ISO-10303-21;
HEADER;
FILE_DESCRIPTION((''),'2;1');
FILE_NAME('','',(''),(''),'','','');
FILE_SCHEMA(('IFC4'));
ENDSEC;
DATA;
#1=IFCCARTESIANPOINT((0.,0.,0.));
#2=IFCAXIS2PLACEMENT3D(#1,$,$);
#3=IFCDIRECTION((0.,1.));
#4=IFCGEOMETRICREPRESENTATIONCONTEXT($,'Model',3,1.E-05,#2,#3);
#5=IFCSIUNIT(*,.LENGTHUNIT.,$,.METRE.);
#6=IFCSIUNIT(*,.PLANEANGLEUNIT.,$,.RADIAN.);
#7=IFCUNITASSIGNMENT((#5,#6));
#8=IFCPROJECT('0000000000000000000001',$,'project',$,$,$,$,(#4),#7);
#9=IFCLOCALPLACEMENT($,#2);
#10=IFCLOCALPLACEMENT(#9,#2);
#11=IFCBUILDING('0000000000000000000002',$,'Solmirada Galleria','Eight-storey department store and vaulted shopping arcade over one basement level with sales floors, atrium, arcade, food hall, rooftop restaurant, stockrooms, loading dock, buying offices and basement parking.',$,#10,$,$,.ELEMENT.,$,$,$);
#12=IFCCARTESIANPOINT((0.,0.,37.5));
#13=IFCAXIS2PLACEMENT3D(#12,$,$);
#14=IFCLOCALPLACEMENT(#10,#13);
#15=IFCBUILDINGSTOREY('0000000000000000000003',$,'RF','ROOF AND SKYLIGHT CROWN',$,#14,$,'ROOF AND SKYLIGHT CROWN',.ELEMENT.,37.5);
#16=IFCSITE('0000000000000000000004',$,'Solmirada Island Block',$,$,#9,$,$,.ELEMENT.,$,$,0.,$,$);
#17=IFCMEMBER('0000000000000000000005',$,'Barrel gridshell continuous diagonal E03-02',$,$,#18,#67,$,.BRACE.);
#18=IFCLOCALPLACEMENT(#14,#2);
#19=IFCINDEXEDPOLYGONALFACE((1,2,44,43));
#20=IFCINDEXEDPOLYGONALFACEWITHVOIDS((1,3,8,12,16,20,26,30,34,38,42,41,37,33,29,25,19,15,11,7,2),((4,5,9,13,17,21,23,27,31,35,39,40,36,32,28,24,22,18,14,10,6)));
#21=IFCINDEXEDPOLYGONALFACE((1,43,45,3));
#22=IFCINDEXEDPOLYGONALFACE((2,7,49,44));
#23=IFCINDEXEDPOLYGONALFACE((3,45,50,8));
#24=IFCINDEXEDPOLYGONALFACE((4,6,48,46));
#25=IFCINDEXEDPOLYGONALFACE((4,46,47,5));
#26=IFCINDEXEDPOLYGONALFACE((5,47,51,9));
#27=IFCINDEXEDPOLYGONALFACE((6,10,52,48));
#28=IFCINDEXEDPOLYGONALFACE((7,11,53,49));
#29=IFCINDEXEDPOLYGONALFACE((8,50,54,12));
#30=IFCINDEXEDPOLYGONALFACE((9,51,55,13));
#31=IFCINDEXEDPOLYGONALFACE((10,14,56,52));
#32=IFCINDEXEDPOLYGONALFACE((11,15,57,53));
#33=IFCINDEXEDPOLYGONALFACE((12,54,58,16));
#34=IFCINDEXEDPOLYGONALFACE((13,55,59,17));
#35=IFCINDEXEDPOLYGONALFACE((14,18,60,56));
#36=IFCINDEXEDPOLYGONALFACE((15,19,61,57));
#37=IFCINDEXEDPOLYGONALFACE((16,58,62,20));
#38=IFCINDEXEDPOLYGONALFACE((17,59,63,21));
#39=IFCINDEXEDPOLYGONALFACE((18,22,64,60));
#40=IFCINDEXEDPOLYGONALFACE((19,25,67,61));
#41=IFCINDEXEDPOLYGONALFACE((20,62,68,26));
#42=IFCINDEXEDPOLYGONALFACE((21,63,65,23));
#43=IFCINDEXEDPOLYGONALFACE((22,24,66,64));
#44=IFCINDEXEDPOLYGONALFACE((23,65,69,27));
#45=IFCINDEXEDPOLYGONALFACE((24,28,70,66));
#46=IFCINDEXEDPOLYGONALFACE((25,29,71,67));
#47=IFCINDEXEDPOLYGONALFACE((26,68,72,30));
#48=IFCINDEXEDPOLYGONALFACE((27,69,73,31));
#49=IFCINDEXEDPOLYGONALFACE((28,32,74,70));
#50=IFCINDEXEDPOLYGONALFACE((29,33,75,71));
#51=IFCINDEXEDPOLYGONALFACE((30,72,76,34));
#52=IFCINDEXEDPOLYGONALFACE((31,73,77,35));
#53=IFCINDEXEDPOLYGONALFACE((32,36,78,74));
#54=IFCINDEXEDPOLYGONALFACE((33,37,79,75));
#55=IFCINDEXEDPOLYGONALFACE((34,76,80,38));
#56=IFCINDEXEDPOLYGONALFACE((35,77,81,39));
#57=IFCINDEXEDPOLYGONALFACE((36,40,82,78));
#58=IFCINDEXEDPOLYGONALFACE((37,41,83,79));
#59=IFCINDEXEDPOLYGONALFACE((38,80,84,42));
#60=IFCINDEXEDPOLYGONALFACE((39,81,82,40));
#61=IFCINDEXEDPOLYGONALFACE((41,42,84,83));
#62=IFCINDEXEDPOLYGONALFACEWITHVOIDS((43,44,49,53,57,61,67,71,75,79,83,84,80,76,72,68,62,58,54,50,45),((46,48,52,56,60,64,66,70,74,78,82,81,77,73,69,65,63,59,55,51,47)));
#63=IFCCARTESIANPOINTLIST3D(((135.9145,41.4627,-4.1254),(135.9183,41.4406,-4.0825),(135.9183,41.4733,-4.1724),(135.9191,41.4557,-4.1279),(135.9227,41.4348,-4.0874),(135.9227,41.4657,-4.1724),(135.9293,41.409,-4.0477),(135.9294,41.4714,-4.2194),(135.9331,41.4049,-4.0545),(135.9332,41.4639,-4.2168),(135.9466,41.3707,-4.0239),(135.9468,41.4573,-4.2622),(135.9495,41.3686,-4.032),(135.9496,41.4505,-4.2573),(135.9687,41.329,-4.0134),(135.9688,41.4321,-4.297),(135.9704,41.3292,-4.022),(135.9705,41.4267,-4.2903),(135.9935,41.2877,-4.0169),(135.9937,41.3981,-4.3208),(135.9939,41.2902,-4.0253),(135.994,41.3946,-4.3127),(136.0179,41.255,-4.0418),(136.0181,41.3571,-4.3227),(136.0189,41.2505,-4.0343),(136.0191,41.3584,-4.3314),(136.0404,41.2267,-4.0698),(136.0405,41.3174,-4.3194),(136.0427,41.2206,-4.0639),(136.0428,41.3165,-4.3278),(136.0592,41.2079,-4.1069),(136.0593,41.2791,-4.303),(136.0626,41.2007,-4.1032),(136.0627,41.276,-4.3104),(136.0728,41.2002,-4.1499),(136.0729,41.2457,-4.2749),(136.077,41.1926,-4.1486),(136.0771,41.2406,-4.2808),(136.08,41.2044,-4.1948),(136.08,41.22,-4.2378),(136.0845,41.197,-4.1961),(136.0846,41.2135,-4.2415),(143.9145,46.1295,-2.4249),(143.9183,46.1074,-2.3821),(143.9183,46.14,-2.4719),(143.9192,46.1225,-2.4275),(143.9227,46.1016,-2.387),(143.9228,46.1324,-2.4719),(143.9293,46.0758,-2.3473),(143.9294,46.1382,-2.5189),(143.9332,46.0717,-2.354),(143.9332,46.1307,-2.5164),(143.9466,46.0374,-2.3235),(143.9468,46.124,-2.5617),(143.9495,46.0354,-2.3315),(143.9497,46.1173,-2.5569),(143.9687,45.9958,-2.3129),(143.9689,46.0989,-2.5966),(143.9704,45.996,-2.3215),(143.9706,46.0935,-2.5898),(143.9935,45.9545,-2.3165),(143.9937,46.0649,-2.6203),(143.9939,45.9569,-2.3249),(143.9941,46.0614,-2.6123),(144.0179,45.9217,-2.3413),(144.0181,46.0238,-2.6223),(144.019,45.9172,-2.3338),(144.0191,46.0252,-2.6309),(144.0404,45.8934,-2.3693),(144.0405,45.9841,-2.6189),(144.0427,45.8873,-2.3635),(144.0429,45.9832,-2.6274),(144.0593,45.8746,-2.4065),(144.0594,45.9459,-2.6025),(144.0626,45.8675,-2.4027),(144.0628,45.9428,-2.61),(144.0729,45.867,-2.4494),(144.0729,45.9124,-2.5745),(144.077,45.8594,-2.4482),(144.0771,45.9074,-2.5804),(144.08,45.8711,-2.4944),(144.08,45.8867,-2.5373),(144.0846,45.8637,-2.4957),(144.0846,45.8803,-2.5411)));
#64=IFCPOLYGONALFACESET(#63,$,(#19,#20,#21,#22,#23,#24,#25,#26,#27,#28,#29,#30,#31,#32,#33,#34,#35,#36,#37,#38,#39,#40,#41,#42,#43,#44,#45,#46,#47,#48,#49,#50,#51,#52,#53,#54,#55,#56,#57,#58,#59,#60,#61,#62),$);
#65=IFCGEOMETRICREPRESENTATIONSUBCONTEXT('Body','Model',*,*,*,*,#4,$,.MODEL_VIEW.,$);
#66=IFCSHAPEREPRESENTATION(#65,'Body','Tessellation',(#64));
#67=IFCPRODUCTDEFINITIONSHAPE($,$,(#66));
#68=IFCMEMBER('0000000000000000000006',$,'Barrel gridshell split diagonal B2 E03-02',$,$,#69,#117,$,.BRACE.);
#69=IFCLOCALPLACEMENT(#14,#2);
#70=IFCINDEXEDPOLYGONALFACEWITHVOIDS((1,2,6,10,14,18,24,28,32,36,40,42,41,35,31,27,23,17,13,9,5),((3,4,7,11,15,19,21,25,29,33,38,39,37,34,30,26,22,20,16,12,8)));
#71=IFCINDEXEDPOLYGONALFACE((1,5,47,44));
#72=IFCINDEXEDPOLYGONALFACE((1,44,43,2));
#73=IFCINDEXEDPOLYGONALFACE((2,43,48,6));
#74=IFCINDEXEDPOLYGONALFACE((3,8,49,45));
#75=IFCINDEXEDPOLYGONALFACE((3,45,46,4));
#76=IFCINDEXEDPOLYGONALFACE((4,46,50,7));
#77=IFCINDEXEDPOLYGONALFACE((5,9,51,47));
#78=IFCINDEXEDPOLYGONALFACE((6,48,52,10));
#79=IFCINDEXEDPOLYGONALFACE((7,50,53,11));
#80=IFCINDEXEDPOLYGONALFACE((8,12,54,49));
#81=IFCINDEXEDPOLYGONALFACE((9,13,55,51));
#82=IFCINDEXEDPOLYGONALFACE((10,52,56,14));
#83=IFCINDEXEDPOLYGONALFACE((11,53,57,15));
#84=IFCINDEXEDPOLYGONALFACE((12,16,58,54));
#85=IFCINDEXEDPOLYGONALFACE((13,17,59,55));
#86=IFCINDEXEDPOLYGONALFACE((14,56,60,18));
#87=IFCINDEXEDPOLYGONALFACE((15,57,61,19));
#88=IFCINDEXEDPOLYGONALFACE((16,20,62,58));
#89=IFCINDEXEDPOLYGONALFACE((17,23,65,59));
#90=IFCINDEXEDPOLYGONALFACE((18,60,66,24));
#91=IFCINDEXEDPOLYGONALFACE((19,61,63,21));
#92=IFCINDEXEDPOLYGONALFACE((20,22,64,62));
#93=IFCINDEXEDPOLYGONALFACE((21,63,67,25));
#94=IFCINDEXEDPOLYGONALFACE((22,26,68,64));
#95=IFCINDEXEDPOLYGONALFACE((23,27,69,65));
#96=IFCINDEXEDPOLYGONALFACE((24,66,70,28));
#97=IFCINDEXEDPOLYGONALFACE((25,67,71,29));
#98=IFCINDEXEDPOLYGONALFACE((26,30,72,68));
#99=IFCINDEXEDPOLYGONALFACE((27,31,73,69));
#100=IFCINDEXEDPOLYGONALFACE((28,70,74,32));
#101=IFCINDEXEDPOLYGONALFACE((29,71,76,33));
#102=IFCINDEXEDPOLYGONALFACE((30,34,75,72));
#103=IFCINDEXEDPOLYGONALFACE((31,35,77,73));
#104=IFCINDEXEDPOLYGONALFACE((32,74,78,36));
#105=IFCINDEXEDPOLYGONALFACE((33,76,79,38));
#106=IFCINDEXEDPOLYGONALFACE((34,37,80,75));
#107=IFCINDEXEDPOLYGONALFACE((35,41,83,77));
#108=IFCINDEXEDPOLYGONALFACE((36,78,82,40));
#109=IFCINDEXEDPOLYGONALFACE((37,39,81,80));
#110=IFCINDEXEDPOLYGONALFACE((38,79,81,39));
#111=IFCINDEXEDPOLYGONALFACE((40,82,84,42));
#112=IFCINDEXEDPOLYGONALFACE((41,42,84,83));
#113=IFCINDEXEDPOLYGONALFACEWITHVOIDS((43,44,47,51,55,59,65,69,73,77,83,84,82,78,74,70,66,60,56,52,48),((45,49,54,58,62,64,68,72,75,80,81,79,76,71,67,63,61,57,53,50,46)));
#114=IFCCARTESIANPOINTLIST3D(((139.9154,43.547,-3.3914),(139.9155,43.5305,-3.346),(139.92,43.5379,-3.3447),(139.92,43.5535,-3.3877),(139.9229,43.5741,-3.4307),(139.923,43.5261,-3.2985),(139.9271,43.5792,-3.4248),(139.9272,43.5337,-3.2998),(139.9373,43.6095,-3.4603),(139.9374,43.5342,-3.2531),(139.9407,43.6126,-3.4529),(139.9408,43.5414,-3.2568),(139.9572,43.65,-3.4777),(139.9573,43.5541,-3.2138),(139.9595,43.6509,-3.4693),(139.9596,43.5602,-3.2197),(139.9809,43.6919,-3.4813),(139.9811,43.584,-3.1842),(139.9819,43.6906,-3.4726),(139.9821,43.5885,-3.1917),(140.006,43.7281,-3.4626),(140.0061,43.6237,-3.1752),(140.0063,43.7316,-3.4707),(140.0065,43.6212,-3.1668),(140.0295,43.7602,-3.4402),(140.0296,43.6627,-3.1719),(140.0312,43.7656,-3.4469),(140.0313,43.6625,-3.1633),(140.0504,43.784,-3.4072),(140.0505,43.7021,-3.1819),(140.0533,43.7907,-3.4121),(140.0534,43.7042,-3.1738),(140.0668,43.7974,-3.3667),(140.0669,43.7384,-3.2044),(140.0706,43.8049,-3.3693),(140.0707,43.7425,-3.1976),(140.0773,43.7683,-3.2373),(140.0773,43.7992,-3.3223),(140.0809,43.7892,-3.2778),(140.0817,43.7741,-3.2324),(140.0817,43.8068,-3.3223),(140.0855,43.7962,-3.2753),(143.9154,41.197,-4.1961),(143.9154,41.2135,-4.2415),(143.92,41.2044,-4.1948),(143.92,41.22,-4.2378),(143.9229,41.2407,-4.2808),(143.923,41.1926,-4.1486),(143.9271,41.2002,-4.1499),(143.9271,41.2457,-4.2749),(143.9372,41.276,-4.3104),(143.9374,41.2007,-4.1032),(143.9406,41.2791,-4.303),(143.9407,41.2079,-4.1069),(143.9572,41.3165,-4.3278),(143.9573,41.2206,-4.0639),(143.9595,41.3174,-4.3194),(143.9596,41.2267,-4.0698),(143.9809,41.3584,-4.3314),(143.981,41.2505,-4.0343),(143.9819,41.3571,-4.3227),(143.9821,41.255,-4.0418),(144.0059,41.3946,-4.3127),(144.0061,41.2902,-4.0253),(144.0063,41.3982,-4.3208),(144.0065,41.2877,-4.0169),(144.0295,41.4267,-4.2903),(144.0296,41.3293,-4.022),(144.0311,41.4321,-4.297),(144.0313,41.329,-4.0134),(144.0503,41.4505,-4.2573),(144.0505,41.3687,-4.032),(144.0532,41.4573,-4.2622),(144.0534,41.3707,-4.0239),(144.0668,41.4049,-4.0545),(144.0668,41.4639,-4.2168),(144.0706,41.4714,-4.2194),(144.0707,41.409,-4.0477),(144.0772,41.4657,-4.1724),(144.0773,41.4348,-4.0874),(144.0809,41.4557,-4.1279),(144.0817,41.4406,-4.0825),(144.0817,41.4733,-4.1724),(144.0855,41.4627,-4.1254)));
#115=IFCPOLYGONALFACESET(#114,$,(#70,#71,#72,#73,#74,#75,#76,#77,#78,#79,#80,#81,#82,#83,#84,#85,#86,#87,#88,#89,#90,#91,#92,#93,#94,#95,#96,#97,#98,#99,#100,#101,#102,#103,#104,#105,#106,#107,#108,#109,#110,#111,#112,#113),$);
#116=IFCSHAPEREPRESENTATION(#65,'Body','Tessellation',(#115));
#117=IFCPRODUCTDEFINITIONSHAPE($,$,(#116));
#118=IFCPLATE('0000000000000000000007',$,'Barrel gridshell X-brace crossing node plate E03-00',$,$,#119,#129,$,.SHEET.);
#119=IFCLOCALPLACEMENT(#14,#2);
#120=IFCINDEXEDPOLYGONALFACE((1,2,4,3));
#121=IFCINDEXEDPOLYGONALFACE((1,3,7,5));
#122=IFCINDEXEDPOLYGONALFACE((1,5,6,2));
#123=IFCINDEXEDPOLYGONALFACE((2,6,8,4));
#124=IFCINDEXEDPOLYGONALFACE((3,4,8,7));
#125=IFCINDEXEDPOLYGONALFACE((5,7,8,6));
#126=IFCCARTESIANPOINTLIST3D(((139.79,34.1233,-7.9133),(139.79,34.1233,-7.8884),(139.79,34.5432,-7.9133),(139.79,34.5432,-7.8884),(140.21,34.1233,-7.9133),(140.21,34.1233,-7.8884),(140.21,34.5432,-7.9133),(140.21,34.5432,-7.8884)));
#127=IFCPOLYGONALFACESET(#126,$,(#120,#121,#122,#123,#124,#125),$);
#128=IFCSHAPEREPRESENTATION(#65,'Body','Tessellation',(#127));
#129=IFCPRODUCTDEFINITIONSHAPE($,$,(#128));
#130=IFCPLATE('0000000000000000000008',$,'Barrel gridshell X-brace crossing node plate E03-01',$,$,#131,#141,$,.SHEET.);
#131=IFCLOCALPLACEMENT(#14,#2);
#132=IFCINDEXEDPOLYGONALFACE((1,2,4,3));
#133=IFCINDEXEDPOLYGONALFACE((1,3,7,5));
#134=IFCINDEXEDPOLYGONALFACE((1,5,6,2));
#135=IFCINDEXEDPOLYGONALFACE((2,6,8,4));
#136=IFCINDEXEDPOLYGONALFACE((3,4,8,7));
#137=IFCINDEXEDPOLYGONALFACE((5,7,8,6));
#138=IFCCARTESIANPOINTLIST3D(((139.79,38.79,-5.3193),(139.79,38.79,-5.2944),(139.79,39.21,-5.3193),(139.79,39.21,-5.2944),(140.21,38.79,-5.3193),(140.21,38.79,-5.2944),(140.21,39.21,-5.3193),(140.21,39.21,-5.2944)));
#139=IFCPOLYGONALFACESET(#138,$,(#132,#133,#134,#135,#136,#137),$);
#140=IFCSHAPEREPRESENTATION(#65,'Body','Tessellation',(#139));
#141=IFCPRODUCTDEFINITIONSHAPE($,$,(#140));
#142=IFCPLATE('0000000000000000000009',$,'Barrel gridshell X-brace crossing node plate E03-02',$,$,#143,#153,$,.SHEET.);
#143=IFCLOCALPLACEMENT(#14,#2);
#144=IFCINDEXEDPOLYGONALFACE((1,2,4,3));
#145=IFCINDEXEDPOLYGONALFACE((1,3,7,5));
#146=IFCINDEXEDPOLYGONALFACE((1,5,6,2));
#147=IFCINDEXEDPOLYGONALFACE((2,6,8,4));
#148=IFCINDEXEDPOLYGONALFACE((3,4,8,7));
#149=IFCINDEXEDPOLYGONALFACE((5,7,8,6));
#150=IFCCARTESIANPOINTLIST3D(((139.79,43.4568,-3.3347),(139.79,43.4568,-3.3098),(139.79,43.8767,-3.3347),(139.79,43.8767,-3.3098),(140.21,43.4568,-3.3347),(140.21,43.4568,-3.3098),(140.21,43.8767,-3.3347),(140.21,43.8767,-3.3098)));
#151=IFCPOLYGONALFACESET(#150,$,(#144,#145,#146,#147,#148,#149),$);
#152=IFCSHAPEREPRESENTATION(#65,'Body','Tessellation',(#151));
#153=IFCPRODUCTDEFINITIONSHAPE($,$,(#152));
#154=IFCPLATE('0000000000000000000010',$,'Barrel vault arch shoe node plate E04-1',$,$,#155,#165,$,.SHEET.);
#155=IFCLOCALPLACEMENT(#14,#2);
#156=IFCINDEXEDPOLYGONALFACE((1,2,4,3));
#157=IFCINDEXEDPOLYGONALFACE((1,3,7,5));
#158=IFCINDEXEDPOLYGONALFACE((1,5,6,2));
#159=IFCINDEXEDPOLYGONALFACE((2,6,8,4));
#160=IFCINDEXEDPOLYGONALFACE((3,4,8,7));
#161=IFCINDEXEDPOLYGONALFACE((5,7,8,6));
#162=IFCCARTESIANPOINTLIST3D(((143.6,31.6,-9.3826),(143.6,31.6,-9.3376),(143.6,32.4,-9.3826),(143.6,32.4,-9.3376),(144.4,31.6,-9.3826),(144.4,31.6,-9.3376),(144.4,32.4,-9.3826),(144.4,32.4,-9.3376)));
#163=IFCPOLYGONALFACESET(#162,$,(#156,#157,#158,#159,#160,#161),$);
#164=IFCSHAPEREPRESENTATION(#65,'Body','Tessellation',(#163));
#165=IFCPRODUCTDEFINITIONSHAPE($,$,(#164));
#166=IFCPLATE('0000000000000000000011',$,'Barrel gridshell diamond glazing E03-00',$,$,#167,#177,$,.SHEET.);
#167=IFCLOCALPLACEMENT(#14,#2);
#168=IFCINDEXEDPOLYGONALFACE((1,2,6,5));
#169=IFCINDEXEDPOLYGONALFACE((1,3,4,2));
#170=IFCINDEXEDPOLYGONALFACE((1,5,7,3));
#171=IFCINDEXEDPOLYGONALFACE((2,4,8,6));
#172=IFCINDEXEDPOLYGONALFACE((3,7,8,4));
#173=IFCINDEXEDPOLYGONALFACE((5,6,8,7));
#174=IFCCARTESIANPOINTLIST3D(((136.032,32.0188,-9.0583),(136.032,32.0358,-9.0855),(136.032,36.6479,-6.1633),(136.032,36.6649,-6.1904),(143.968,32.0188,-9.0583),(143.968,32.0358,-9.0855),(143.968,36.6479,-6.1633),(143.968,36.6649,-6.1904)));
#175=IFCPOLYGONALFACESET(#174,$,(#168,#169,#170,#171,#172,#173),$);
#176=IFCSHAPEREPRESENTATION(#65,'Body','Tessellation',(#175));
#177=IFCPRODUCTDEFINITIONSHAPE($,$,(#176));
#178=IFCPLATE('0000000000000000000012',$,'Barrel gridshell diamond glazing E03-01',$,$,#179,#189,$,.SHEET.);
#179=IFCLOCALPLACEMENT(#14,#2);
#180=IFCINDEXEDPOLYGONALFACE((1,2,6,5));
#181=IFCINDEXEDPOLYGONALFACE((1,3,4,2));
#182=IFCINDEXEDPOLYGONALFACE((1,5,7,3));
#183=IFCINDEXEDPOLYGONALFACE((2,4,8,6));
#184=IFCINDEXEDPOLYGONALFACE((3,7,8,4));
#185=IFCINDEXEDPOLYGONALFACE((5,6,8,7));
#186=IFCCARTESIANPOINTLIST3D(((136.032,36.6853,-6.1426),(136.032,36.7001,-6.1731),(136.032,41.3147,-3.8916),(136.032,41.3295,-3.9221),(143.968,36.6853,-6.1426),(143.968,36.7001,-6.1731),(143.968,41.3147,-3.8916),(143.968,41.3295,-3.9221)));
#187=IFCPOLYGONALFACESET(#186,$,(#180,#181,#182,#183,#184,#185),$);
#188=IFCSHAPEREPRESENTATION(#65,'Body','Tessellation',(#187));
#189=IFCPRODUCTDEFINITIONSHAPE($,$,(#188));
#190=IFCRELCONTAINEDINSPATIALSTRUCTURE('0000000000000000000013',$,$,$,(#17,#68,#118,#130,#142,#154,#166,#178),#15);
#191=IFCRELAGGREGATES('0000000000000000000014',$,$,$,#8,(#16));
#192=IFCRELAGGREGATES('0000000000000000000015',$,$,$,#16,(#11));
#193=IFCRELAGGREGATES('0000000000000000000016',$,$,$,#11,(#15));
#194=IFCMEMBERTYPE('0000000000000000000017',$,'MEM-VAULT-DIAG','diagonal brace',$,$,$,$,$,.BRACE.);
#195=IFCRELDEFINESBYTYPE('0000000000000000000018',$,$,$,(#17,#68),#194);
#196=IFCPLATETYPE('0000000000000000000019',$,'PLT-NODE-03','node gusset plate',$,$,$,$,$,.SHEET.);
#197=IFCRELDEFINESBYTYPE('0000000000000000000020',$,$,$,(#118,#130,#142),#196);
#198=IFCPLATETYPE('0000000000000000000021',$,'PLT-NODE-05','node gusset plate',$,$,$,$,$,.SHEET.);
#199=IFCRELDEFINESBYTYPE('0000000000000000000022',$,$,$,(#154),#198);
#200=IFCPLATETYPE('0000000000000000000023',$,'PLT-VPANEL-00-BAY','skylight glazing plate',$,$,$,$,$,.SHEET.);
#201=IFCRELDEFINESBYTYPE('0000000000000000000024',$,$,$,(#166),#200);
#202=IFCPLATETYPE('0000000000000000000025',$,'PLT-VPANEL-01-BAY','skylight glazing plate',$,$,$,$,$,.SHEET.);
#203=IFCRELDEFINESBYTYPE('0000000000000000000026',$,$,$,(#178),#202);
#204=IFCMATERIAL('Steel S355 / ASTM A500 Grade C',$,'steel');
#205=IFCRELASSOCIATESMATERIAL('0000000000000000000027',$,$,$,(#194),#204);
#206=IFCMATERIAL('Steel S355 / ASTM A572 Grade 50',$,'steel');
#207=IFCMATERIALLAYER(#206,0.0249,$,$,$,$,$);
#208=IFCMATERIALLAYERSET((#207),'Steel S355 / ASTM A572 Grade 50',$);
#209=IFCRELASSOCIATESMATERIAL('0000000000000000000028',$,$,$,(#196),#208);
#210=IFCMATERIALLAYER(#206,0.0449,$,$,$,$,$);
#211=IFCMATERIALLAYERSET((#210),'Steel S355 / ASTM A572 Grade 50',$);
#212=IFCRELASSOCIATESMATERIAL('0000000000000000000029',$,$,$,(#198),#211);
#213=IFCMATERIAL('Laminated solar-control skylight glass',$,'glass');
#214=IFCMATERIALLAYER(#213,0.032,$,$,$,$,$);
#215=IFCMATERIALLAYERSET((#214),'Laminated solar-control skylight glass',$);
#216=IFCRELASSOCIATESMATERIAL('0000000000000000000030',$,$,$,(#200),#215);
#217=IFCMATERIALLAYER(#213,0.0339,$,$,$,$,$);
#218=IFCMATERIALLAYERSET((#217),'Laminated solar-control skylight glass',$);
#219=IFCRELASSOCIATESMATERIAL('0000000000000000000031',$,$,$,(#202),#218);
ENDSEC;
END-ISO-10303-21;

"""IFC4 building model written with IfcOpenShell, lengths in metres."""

from ifc_helpers import new_model, si_unit, direction, frame, origin, origin_2d, place, context, subcontext, project, spatial, polyline, rectangle, hollow_circle, outline, extrude, material, layer, layer_set, material_profile, profile_set, type_object, element, save


model = new_model("IFC4")

# Units and contexts
model_context = context("Model", 3, precision=1e-05, world=origin(), true_north=direction((0.0, 1.0)))
body_context = subcontext(model_context, "Body", "Model", "MODEL_VIEW")
ifc_project = project(units=[si_unit("LENGTHUNIT", "METRE"), si_unit("PLANEANGLEUNIT", "RADIAN")], contexts=[model_context])

# Site, building, storey
site_placement = place(None, origin())
site = spatial("IfcSite", under=ifc_project, at=site_placement, Name="Solmirada Island Block", CompositionType="ELEMENT", RefElevation=0.0)
building_placement = place(site_placement, origin())
building = spatial("IfcBuilding", under=site, at=building_placement, Name="Solmirada Galleria", Description="Eight-storey department store and vaulted shopping arcade over one basement level with sales floors, atrium, arcade, food hall, rooftop restaurant, stockrooms, loading dock, buying offices and basement parking.", CompositionType="ELEMENT")
storey_placement = place(building_placement, frame((0.0, 0.0, 37.5)))
storey = spatial("IfcBuildingStorey", under=building, at=storey_placement, Name="RF", Description="ROOF AND SKYLIGHT CROWN", LongName="ROOF AND SKYLIGHT CROWN", CompositionType="ELEMENT", Elevation=37.5)

# Members
ifc_material_1 = material(Name="Steel S355 / ASTM A500 Grade C", Category="steel")
ifc_material_profile_1 = material_profile(ifc_material_1, hollow_circle(Radius=0.1621, WallThickness=0.0088, at=origin_2d()), Name="HSS12.750X0.375")
ifc_profile_set_1 = profile_set([ifc_material_profile_1], Name="Steel S355 / ASTM A500 Grade C")
member_type_1 = type_object("IfcMemberType", Name="MEM-VAULT-DIAG", Description="diagonal brace", PredefinedType="BRACE", material=ifc_profile_set_1)
member_1_placement = place(storey_placement, frame((136.0, 41.3333, -4.1724), z_axis=(0.849575, 0.495594, 0.180581), x_axis=(-0.503878, 0.863775, 0.0)))
element("IfcMember", 1, at=member_1_placement, inside=storey, type_object=member_type_1, Name="Barrel gridshell continuous diagonal E03-02", PredefinedType="BRACE", context=body_context, shape_type="SweptSolid", body=[
    extrude(hollow_circle(Radius=0.1621, WallThickness=0.0088, at=origin_2d()), origin(), (0.0, 0.0, 1.0), 9.4165),
])
member_2_placement = place(storey_placement, frame((140.0, 43.6667, -3.3223), z_axis=(0.849568, -0.495616, -0.180554), x_axis=(0.503897, 0.863764, 0.0)))
element("IfcMember", 2, at=member_2_placement, inside=storey, type_object=member_type_1, Name="Barrel gridshell split diagonal B2 E03-02", PredefinedType="BRACE", context=body_context, shape_type="SweptSolid", body=[
    extrude(hollow_circle(Radius=0.1621, WallThickness=0.0088, at=origin_2d()), origin(), (0.0, 0.0, 1.0), 4.7083),
])

# Plates
ifc_material_2 = material(Name="Steel S355 / ASTM A572 Grade 50", Category="steel")
ifc_layer_1 = layer(ifc_material_2, 0.0249)
ifc_layer_set_1 = layer_set([ifc_layer_1], Name="Steel S355 / ASTM A572 Grade 50")
plate_type_1 = type_object("IfcPlateType", Name="PLT-NODE-03", Description="node gusset plate", PredefinedType="SHEET", material=ifc_layer_set_1)
for number, where, z_axis, x_axis, name in (
    (3, (140.0, 34.3333, -7.9133), (0.0, 0.0, 1.0), (1.0, 0.0, 0.0), "Barrel gridshell X-brace crossing node plate E03-00"),
    (4, (140.0, 39.0, -5.3193), (0.0, 0.0, 1.0), (1.0, 0.0, 0.0), "Barrel gridshell X-brace crossing node plate E03-01"),
    (5, (140.0, 43.6667, -3.3347), (0.0, 0.0, 1.0), (1.0, 0.0, 0.0), "Barrel gridshell X-brace crossing node plate E03-02"),
):
    element("IfcPlate", number, at=place(storey_placement, frame(where, z_axis=z_axis, x_axis=x_axis)), inside=storey, type_object=plate_type_1, Name=name, PredefinedType="SHEET", context=body_context, shape_type="SweptSolid", body=[
        extrude(rectangle(XDim=0.4199, YDim=0.4199, at=origin_2d()), origin(), (0.0, 0.0, 1.0), 0.0249),
    ])
ifc_layer_2 = layer(ifc_material_2, 0.0449)
ifc_layer_set_2 = layer_set([ifc_layer_2], Name="Steel S355 / ASTM A572 Grade 50")
plate_type_2 = type_object("IfcPlateType", Name="PLT-NODE-05", Description="node gusset plate", PredefinedType="SHEET", material=ifc_layer_set_2)
plate_1_placement = place(storey_placement, frame((144.0, 32.0, -9.3826), z_axis=(0.0, 0.0, 1.0), x_axis=(1.0, 0.0, 0.0)))
element("IfcPlate", 6, at=plate_1_placement, inside=storey, type_object=plate_type_2, Name="Barrel vault arch shoe node plate E04-1", PredefinedType="SHEET", context=body_context, shape_type="SweptSolid", body=[
    extrude(rectangle(XDim=0.8, YDim=0.8, at=origin_2d()), origin(), (0.0, 0.0, 1.0), 0.0449),
])
ifc_material_3 = material(Name="Laminated solar-control skylight glass", Category="glass")
ifc_layer_3 = layer(ifc_material_3, 0.032)
ifc_layer_set_3 = layer_set([ifc_layer_3], Name="Laminated solar-control skylight glass")
plate_type_3 = type_object("IfcPlateType", Name="PLT-VPANEL-00-BAY", Description="skylight glazing plate", PredefinedType="SHEET", material=ifc_layer_set_3)
plate_2_placement = place(storey_placement, frame((136.032, 32.0188, -9.0583), z_axis=(0.0, -0.530236, 0.84785), x_axis=(1.0, 0.0, 0.0)))
element("IfcPlate", 7, at=plate_2_placement, inside=storey, type_object=plate_type_3, Name="Barrel gridshell diamond glazing E03-00", PredefinedType="SHEET", context=body_context, shape_type="SweptSolid", body=[
    extrude(outline(polyline([(0.0, 0.0), (7.936, 0.0), (7.936, 5.4599), (0.0, 5.4599), (0.0, 0.0)])), origin(), (0.0, 0.0, -1.0), 0.032),
])
ifc_layer_4 = layer(ifc_material_3, 0.0339)
ifc_layer_set_4 = layer_set([ifc_layer_4], Name="Laminated solar-control skylight glass")
plate_type_4 = type_object("IfcPlateType", Name="PLT-VPANEL-01-BAY", Description="skylight glazing plate", PredefinedType="SHEET", material=ifc_layer_set_4)
plate_3_placement = place(storey_placement, frame((136.032, 36.6853, -6.1426), z_axis=(0.0, -0.437283, 0.899324), x_axis=(1.0, 0.0, 0.0)))
element("IfcPlate", 8, at=plate_3_placement, inside=storey, type_object=plate_type_4, Name="Barrel gridshell diamond glazing E03-01", PredefinedType="SHEET", context=body_context, shape_type="SweptSolid", body=[
    extrude(outline(polyline([(0.0, 0.0), (7.936, 0.0), (7.936, 5.1476), (0.0, 5.1476), (0.0, 0.0)])), origin(), (0.0, 0.0, -1.0), 0.0339),
])

save(model, "model.ifc")
